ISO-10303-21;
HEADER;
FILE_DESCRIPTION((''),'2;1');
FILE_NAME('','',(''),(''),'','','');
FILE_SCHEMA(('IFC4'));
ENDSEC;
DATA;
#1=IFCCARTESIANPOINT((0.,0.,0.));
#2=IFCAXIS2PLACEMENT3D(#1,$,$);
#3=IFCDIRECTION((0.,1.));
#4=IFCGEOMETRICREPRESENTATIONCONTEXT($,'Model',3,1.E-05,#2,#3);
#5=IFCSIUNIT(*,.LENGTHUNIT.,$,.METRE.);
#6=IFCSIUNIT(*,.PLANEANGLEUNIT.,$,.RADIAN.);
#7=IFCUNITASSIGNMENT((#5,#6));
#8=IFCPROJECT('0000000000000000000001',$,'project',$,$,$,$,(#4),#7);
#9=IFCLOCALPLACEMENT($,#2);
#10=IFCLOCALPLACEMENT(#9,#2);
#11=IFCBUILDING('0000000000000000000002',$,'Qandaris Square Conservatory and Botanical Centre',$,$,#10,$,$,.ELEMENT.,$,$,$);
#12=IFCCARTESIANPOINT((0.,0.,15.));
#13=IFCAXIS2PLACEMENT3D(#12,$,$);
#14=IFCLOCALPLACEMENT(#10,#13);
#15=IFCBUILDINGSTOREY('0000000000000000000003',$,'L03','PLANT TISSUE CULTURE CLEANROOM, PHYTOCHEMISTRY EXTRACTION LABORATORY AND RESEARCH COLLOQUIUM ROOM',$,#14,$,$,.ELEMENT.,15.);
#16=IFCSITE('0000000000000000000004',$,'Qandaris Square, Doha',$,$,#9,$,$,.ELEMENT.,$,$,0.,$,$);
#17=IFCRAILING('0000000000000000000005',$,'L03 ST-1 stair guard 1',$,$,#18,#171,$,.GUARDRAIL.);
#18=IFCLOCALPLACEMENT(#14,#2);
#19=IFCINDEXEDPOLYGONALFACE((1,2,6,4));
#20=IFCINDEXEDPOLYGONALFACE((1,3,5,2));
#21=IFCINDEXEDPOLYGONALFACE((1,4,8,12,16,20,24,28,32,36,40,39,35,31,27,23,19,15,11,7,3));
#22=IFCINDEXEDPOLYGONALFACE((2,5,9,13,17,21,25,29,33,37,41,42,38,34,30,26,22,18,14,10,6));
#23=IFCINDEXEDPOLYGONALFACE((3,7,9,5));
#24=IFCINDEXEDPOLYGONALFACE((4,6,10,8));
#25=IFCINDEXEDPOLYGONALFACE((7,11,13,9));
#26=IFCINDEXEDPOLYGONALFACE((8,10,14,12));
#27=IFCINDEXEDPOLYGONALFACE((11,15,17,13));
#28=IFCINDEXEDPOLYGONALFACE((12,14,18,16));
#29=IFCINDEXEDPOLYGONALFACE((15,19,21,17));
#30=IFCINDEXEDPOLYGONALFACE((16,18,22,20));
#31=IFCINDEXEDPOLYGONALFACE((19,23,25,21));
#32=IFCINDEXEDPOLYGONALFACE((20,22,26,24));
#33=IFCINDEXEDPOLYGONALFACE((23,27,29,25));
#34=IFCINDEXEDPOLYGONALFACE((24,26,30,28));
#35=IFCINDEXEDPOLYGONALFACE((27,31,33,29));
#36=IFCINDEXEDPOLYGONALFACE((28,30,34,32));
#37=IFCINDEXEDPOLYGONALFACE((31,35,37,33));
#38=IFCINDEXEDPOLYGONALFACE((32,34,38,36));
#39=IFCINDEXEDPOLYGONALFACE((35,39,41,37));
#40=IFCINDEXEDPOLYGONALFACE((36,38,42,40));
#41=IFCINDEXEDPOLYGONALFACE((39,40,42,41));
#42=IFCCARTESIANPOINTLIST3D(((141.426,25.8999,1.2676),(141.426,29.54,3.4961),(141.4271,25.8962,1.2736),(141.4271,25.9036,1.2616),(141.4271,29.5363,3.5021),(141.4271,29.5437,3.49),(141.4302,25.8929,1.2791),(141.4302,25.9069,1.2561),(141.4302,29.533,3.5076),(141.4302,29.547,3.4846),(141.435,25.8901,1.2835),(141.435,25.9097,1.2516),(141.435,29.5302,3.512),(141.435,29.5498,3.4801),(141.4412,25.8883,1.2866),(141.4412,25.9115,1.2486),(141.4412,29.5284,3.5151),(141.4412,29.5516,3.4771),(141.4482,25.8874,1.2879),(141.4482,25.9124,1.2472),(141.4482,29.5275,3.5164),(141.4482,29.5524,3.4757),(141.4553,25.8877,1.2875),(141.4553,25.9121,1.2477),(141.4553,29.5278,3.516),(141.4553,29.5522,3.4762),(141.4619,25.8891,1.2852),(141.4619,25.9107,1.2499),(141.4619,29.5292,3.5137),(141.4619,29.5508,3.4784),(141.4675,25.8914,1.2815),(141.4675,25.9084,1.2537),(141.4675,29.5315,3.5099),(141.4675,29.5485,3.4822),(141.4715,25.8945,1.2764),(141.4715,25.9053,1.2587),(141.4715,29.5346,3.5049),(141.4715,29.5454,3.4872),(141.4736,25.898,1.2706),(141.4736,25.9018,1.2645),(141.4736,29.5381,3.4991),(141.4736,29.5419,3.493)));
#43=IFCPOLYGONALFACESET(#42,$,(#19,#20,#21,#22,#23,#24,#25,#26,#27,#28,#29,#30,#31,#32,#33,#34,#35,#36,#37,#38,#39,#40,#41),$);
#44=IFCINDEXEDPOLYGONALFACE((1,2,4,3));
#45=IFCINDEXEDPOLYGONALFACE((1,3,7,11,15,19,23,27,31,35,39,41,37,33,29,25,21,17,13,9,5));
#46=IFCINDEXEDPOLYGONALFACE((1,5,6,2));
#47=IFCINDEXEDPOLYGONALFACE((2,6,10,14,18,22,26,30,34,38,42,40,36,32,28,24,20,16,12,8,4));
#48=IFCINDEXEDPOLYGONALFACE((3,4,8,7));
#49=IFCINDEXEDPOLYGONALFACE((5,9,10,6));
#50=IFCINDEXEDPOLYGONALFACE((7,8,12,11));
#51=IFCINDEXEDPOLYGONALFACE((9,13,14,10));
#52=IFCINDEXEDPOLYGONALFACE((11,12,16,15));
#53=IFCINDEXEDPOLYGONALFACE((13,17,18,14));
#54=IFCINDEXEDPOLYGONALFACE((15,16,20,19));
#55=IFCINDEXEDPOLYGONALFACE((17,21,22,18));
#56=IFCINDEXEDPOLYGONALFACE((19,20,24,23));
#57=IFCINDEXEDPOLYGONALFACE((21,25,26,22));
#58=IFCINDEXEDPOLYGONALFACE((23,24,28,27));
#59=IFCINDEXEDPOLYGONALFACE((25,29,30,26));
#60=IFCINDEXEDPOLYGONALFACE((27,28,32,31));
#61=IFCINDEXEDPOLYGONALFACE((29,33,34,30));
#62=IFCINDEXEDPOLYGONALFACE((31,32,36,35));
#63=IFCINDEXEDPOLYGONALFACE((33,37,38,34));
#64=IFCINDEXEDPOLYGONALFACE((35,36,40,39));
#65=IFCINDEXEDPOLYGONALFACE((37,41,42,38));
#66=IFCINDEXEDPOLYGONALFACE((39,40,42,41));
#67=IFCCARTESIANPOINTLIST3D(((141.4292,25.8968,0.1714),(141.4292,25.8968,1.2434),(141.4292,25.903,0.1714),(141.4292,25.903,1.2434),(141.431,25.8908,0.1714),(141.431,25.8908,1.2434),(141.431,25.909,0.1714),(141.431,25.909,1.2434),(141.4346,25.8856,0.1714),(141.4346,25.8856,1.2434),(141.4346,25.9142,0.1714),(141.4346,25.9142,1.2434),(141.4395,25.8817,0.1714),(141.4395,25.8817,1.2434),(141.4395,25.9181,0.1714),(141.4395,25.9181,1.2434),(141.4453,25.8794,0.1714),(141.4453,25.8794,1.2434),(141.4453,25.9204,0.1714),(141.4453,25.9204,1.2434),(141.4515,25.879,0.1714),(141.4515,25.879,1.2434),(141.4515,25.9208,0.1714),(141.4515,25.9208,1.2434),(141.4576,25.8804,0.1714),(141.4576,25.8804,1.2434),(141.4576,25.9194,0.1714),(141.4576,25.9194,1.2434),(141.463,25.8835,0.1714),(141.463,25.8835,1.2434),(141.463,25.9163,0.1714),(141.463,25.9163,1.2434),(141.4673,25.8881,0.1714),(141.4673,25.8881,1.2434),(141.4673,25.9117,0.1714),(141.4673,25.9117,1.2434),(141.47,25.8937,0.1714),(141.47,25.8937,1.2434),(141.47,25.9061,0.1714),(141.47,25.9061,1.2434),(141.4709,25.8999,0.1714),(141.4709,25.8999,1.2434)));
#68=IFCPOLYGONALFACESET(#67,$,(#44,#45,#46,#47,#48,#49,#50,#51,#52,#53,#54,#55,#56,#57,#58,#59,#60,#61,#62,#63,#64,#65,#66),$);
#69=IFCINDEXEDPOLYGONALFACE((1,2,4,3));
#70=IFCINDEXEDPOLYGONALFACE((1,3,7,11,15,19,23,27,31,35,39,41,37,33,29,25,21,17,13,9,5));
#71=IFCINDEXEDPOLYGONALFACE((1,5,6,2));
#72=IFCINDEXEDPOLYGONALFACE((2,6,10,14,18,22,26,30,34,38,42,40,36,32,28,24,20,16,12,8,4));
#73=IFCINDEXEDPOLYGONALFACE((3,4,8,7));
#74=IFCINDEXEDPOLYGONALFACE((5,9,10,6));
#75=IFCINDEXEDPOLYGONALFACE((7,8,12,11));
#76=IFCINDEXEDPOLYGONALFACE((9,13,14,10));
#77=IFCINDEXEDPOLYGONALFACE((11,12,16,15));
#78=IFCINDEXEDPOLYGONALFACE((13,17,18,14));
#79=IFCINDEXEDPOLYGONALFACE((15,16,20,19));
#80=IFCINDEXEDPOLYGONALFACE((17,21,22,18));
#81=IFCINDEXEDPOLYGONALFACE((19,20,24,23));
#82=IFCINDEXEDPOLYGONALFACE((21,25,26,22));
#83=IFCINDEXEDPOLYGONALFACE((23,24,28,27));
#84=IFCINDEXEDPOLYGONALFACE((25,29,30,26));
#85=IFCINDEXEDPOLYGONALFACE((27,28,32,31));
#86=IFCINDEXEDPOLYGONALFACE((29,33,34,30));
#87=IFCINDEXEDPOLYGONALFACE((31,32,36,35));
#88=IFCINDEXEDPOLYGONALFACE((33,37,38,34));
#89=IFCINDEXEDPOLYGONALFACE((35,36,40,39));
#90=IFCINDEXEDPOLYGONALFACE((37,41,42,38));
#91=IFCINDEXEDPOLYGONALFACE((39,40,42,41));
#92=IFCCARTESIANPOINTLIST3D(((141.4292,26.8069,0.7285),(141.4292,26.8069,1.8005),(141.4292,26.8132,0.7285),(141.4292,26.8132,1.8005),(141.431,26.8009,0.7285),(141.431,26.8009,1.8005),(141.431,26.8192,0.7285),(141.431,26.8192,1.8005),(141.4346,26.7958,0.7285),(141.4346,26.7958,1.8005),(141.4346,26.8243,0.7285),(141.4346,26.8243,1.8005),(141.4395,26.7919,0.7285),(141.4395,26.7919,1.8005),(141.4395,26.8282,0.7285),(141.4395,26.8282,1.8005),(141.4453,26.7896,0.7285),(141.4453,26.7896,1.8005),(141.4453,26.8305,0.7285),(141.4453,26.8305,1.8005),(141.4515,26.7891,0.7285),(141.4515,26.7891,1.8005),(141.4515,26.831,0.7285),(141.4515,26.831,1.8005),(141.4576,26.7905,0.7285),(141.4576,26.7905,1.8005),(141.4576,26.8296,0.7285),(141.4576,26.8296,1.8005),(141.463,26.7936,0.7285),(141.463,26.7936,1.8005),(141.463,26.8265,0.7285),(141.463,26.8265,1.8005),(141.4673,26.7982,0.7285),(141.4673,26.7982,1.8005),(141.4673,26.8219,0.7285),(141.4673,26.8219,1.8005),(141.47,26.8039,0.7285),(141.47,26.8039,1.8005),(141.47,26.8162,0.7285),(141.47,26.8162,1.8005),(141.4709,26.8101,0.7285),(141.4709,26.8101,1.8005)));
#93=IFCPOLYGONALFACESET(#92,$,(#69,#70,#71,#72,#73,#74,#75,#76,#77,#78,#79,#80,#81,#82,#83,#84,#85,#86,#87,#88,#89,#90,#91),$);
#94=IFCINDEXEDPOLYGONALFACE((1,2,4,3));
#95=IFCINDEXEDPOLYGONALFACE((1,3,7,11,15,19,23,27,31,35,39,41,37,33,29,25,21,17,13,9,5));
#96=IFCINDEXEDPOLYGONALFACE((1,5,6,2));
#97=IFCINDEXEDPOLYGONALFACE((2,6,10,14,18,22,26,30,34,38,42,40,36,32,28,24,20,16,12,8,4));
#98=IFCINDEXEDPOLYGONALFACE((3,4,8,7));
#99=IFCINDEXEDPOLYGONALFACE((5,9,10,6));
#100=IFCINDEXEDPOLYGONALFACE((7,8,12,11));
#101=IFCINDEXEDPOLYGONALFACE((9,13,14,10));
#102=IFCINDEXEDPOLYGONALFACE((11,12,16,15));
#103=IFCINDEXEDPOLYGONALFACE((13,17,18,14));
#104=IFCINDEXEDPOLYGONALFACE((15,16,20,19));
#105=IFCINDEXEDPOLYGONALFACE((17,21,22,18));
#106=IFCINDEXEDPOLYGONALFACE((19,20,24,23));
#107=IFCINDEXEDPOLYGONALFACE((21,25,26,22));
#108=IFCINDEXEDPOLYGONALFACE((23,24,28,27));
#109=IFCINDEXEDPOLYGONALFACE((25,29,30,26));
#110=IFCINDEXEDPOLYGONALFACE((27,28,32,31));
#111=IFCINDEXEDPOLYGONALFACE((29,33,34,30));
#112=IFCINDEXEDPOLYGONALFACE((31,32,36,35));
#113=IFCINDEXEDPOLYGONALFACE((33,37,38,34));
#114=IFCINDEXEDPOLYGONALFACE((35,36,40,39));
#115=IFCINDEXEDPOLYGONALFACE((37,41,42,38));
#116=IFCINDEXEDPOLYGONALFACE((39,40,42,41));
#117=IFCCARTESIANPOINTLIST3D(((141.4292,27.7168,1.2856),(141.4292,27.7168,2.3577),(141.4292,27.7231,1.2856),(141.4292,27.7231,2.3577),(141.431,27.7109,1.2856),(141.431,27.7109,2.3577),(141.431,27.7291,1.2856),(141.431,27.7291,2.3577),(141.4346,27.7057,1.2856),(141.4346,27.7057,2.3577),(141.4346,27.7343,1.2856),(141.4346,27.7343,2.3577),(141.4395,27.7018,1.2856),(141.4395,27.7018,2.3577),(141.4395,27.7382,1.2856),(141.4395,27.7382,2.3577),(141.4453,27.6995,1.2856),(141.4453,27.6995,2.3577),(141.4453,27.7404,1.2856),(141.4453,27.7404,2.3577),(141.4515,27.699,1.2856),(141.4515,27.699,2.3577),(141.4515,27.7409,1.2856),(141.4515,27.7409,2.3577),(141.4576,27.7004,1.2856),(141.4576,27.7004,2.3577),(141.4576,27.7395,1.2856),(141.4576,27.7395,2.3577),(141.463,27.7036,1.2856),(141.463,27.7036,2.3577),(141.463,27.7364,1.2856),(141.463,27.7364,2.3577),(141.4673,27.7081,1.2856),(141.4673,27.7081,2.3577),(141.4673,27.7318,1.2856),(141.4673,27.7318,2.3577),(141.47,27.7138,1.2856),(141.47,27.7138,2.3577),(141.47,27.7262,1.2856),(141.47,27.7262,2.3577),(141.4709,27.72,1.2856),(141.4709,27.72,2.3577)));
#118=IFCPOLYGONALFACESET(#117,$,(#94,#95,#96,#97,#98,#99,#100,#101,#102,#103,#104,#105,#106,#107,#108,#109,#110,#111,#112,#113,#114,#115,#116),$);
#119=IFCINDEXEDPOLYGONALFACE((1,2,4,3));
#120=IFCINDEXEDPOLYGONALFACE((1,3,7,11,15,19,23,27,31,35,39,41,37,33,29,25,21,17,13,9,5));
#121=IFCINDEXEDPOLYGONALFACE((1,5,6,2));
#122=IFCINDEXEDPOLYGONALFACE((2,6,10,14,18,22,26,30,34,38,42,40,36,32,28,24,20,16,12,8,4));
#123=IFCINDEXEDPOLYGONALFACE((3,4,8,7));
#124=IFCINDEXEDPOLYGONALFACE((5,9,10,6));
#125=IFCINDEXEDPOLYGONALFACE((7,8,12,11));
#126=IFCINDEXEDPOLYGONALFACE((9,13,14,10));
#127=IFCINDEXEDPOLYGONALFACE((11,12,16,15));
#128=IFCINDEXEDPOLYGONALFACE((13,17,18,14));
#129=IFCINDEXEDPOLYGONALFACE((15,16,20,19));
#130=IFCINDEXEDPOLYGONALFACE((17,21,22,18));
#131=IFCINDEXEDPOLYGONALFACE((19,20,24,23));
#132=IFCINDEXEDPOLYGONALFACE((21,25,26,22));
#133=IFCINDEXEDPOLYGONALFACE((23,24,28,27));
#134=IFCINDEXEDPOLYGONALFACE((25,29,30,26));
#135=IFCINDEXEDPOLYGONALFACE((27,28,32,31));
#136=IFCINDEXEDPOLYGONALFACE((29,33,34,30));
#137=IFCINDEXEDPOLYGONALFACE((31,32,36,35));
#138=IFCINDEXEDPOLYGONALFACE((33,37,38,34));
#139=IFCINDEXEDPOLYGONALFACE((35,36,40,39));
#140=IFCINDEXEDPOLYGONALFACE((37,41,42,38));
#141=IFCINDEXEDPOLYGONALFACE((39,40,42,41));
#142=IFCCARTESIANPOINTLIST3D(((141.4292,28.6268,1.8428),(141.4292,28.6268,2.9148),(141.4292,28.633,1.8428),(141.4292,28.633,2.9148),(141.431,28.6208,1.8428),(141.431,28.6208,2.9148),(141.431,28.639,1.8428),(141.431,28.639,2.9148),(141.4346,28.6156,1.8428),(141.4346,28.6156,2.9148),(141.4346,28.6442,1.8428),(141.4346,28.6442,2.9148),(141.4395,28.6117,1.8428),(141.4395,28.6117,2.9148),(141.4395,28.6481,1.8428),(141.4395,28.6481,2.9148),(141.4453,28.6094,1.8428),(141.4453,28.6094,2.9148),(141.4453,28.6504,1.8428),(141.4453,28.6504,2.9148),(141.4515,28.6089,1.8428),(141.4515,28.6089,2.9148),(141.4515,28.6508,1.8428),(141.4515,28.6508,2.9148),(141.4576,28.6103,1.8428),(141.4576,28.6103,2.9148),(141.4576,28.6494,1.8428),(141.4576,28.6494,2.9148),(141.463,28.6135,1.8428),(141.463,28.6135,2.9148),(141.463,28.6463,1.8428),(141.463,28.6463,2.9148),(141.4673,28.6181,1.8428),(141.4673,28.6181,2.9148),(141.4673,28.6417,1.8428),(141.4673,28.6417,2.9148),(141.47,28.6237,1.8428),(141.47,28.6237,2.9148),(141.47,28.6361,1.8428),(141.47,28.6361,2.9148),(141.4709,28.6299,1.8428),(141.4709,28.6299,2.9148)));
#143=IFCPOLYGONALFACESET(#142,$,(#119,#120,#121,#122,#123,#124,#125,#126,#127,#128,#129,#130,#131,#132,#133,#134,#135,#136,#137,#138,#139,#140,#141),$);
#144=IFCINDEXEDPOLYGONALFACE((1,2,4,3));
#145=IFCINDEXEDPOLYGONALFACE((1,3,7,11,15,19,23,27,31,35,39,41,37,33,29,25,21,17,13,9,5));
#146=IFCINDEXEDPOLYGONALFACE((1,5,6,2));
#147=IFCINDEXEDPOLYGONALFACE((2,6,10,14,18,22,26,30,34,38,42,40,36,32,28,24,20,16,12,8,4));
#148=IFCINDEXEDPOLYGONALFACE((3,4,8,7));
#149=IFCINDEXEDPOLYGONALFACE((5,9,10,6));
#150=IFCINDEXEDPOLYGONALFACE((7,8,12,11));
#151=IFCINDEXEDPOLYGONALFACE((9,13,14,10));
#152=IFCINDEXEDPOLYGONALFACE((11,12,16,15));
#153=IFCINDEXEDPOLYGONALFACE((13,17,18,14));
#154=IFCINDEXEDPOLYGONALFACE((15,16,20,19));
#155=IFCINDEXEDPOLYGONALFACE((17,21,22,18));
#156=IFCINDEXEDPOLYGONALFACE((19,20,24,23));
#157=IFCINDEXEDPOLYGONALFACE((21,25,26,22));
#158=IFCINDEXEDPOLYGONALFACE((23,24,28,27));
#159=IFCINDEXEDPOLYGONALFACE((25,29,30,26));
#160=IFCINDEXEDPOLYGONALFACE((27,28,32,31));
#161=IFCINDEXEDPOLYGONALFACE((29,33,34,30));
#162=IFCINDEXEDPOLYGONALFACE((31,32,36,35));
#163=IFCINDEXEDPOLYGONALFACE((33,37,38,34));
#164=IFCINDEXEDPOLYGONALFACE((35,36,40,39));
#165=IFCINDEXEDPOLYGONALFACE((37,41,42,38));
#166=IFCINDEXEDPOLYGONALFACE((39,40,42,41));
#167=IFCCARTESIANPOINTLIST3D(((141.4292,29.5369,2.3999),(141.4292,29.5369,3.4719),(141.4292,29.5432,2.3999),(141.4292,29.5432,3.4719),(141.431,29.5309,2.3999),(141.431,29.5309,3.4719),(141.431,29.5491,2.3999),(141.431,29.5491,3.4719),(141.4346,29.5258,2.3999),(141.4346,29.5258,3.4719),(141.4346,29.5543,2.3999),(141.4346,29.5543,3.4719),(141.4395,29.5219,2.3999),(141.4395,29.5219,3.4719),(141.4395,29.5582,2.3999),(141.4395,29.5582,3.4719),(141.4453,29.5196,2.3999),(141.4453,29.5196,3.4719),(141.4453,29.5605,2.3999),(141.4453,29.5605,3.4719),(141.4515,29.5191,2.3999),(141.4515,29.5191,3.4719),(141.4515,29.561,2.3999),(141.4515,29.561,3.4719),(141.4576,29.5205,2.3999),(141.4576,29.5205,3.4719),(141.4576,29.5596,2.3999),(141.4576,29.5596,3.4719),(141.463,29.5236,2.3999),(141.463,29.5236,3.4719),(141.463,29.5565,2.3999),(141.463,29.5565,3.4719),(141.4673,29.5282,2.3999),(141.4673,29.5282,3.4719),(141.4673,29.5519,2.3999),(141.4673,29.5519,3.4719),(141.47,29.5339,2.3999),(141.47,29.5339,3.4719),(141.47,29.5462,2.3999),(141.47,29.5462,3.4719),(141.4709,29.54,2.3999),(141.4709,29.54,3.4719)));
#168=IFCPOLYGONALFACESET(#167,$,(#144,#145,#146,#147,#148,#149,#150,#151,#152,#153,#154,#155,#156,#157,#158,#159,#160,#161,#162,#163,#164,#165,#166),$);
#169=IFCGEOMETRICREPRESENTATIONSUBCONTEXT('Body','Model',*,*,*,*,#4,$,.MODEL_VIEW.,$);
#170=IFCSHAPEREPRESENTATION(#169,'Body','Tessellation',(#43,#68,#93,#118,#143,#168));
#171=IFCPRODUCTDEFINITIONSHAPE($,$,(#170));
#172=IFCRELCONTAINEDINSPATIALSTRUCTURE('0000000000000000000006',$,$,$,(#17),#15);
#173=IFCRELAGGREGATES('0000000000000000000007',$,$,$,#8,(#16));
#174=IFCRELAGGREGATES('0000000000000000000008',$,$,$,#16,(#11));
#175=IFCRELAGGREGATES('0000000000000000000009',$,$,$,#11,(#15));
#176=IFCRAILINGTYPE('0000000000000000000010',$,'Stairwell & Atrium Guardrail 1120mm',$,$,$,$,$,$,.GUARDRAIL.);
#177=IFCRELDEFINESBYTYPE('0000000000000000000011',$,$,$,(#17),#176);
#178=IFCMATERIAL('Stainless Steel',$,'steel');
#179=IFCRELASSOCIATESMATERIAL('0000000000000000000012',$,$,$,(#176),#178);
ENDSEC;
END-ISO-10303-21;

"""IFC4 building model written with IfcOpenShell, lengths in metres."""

from ifc_helpers import new_model, si_unit, direction, frame, origin, origin_2d, place, context, subcontext, project, spatial, circle, extrude, material, type_object, element, save


model = new_model("IFC4")

# Units and contexts
model_context = context("Model", 3, precision=1e-05, world=origin(), true_north=direction((0.0, 1.0)))
body_context = subcontext(model_context, "Body", "Model", "MODEL_VIEW")
ifc_project = project(units=[si_unit("LENGTHUNIT", "METRE"), si_unit("PLANEANGLEUNIT", "RADIAN")], contexts=[model_context])

# Site, building, storey
site_placement = place(None, origin())
site = spatial("IfcSite", under=ifc_project, at=site_placement, Name="Qandaris Square, Doha", CompositionType="ELEMENT", RefElevation=0.0)
building_placement = place(site_placement, origin())
building = spatial("IfcBuilding", under=site, at=building_placement, Name="Qandaris Square Conservatory and Botanical Centre", CompositionType="ELEMENT")
storey_placement = place(building_placement, frame((0.0, 0.0, 15.0)))
storey = spatial("IfcBuildingStorey", under=building, at=storey_placement, Name="L03", Description="PLANT TISSUE CULTURE CLEANROOM, PHYTOCHEMISTRY EXTRACTION LABORATORY AND RESEARCH COLLOQUIUM ROOM", CompositionType="ELEMENT", Elevation=15.0)

# Railing
ifc_material_1 = material(Name="Stainless Steel", Category="steel")
railing_type = type_object("IfcRailingType", Name="Stairwell & Atrium Guardrail 1120mm", PredefinedType="GUARDRAIL", material=ifc_material_1)
railing_1_placement = place(storey_placement, frame((141.45, 25.8999, 0.1714)))
element("IfcRailing", 1, at=railing_1_placement, inside=storey, type_object=railing_type, Name="L03 ST-1 stair guard 1", PredefinedType="GUARDRAIL", context=body_context, shape_type="SweptSolid", body=[
    extrude(circle(Radius=0.0239, at=origin_2d()), frame((0.0, 0.0, 1.0962), z_axis=(0.0, 0.852866, 0.52213), x_axis=(-1.0, 0.0, 0.0)), (0.0, 0.0, 1.0), 4.2681),
    extrude(circle(Radius=0.021, at=origin_2d()), origin(), (0.0, 0.0, 1.0), 1.072),
    extrude(circle(Radius=0.021, at=origin_2d()), frame((0.0, 0.9102, 0.5571)), (0.0, 0.0, 1.0), 1.072),
    extrude(circle(Radius=0.021, at=origin_2d()), frame((0.0, 1.8201, 1.1143)), (0.0, 0.0, 1.0), 1.072),
    extrude(circle(Radius=0.021, at=origin_2d()), frame((0.0, 2.73, 1.6714)), (0.0, 0.0, 1.0), 1.072),
    extrude(circle(Radius=0.021, at=origin_2d()), frame((0.0, 3.6401, 2.2285)), (0.0, 0.0, 1.0), 1.072),
])

save(model, "model.ifc")
